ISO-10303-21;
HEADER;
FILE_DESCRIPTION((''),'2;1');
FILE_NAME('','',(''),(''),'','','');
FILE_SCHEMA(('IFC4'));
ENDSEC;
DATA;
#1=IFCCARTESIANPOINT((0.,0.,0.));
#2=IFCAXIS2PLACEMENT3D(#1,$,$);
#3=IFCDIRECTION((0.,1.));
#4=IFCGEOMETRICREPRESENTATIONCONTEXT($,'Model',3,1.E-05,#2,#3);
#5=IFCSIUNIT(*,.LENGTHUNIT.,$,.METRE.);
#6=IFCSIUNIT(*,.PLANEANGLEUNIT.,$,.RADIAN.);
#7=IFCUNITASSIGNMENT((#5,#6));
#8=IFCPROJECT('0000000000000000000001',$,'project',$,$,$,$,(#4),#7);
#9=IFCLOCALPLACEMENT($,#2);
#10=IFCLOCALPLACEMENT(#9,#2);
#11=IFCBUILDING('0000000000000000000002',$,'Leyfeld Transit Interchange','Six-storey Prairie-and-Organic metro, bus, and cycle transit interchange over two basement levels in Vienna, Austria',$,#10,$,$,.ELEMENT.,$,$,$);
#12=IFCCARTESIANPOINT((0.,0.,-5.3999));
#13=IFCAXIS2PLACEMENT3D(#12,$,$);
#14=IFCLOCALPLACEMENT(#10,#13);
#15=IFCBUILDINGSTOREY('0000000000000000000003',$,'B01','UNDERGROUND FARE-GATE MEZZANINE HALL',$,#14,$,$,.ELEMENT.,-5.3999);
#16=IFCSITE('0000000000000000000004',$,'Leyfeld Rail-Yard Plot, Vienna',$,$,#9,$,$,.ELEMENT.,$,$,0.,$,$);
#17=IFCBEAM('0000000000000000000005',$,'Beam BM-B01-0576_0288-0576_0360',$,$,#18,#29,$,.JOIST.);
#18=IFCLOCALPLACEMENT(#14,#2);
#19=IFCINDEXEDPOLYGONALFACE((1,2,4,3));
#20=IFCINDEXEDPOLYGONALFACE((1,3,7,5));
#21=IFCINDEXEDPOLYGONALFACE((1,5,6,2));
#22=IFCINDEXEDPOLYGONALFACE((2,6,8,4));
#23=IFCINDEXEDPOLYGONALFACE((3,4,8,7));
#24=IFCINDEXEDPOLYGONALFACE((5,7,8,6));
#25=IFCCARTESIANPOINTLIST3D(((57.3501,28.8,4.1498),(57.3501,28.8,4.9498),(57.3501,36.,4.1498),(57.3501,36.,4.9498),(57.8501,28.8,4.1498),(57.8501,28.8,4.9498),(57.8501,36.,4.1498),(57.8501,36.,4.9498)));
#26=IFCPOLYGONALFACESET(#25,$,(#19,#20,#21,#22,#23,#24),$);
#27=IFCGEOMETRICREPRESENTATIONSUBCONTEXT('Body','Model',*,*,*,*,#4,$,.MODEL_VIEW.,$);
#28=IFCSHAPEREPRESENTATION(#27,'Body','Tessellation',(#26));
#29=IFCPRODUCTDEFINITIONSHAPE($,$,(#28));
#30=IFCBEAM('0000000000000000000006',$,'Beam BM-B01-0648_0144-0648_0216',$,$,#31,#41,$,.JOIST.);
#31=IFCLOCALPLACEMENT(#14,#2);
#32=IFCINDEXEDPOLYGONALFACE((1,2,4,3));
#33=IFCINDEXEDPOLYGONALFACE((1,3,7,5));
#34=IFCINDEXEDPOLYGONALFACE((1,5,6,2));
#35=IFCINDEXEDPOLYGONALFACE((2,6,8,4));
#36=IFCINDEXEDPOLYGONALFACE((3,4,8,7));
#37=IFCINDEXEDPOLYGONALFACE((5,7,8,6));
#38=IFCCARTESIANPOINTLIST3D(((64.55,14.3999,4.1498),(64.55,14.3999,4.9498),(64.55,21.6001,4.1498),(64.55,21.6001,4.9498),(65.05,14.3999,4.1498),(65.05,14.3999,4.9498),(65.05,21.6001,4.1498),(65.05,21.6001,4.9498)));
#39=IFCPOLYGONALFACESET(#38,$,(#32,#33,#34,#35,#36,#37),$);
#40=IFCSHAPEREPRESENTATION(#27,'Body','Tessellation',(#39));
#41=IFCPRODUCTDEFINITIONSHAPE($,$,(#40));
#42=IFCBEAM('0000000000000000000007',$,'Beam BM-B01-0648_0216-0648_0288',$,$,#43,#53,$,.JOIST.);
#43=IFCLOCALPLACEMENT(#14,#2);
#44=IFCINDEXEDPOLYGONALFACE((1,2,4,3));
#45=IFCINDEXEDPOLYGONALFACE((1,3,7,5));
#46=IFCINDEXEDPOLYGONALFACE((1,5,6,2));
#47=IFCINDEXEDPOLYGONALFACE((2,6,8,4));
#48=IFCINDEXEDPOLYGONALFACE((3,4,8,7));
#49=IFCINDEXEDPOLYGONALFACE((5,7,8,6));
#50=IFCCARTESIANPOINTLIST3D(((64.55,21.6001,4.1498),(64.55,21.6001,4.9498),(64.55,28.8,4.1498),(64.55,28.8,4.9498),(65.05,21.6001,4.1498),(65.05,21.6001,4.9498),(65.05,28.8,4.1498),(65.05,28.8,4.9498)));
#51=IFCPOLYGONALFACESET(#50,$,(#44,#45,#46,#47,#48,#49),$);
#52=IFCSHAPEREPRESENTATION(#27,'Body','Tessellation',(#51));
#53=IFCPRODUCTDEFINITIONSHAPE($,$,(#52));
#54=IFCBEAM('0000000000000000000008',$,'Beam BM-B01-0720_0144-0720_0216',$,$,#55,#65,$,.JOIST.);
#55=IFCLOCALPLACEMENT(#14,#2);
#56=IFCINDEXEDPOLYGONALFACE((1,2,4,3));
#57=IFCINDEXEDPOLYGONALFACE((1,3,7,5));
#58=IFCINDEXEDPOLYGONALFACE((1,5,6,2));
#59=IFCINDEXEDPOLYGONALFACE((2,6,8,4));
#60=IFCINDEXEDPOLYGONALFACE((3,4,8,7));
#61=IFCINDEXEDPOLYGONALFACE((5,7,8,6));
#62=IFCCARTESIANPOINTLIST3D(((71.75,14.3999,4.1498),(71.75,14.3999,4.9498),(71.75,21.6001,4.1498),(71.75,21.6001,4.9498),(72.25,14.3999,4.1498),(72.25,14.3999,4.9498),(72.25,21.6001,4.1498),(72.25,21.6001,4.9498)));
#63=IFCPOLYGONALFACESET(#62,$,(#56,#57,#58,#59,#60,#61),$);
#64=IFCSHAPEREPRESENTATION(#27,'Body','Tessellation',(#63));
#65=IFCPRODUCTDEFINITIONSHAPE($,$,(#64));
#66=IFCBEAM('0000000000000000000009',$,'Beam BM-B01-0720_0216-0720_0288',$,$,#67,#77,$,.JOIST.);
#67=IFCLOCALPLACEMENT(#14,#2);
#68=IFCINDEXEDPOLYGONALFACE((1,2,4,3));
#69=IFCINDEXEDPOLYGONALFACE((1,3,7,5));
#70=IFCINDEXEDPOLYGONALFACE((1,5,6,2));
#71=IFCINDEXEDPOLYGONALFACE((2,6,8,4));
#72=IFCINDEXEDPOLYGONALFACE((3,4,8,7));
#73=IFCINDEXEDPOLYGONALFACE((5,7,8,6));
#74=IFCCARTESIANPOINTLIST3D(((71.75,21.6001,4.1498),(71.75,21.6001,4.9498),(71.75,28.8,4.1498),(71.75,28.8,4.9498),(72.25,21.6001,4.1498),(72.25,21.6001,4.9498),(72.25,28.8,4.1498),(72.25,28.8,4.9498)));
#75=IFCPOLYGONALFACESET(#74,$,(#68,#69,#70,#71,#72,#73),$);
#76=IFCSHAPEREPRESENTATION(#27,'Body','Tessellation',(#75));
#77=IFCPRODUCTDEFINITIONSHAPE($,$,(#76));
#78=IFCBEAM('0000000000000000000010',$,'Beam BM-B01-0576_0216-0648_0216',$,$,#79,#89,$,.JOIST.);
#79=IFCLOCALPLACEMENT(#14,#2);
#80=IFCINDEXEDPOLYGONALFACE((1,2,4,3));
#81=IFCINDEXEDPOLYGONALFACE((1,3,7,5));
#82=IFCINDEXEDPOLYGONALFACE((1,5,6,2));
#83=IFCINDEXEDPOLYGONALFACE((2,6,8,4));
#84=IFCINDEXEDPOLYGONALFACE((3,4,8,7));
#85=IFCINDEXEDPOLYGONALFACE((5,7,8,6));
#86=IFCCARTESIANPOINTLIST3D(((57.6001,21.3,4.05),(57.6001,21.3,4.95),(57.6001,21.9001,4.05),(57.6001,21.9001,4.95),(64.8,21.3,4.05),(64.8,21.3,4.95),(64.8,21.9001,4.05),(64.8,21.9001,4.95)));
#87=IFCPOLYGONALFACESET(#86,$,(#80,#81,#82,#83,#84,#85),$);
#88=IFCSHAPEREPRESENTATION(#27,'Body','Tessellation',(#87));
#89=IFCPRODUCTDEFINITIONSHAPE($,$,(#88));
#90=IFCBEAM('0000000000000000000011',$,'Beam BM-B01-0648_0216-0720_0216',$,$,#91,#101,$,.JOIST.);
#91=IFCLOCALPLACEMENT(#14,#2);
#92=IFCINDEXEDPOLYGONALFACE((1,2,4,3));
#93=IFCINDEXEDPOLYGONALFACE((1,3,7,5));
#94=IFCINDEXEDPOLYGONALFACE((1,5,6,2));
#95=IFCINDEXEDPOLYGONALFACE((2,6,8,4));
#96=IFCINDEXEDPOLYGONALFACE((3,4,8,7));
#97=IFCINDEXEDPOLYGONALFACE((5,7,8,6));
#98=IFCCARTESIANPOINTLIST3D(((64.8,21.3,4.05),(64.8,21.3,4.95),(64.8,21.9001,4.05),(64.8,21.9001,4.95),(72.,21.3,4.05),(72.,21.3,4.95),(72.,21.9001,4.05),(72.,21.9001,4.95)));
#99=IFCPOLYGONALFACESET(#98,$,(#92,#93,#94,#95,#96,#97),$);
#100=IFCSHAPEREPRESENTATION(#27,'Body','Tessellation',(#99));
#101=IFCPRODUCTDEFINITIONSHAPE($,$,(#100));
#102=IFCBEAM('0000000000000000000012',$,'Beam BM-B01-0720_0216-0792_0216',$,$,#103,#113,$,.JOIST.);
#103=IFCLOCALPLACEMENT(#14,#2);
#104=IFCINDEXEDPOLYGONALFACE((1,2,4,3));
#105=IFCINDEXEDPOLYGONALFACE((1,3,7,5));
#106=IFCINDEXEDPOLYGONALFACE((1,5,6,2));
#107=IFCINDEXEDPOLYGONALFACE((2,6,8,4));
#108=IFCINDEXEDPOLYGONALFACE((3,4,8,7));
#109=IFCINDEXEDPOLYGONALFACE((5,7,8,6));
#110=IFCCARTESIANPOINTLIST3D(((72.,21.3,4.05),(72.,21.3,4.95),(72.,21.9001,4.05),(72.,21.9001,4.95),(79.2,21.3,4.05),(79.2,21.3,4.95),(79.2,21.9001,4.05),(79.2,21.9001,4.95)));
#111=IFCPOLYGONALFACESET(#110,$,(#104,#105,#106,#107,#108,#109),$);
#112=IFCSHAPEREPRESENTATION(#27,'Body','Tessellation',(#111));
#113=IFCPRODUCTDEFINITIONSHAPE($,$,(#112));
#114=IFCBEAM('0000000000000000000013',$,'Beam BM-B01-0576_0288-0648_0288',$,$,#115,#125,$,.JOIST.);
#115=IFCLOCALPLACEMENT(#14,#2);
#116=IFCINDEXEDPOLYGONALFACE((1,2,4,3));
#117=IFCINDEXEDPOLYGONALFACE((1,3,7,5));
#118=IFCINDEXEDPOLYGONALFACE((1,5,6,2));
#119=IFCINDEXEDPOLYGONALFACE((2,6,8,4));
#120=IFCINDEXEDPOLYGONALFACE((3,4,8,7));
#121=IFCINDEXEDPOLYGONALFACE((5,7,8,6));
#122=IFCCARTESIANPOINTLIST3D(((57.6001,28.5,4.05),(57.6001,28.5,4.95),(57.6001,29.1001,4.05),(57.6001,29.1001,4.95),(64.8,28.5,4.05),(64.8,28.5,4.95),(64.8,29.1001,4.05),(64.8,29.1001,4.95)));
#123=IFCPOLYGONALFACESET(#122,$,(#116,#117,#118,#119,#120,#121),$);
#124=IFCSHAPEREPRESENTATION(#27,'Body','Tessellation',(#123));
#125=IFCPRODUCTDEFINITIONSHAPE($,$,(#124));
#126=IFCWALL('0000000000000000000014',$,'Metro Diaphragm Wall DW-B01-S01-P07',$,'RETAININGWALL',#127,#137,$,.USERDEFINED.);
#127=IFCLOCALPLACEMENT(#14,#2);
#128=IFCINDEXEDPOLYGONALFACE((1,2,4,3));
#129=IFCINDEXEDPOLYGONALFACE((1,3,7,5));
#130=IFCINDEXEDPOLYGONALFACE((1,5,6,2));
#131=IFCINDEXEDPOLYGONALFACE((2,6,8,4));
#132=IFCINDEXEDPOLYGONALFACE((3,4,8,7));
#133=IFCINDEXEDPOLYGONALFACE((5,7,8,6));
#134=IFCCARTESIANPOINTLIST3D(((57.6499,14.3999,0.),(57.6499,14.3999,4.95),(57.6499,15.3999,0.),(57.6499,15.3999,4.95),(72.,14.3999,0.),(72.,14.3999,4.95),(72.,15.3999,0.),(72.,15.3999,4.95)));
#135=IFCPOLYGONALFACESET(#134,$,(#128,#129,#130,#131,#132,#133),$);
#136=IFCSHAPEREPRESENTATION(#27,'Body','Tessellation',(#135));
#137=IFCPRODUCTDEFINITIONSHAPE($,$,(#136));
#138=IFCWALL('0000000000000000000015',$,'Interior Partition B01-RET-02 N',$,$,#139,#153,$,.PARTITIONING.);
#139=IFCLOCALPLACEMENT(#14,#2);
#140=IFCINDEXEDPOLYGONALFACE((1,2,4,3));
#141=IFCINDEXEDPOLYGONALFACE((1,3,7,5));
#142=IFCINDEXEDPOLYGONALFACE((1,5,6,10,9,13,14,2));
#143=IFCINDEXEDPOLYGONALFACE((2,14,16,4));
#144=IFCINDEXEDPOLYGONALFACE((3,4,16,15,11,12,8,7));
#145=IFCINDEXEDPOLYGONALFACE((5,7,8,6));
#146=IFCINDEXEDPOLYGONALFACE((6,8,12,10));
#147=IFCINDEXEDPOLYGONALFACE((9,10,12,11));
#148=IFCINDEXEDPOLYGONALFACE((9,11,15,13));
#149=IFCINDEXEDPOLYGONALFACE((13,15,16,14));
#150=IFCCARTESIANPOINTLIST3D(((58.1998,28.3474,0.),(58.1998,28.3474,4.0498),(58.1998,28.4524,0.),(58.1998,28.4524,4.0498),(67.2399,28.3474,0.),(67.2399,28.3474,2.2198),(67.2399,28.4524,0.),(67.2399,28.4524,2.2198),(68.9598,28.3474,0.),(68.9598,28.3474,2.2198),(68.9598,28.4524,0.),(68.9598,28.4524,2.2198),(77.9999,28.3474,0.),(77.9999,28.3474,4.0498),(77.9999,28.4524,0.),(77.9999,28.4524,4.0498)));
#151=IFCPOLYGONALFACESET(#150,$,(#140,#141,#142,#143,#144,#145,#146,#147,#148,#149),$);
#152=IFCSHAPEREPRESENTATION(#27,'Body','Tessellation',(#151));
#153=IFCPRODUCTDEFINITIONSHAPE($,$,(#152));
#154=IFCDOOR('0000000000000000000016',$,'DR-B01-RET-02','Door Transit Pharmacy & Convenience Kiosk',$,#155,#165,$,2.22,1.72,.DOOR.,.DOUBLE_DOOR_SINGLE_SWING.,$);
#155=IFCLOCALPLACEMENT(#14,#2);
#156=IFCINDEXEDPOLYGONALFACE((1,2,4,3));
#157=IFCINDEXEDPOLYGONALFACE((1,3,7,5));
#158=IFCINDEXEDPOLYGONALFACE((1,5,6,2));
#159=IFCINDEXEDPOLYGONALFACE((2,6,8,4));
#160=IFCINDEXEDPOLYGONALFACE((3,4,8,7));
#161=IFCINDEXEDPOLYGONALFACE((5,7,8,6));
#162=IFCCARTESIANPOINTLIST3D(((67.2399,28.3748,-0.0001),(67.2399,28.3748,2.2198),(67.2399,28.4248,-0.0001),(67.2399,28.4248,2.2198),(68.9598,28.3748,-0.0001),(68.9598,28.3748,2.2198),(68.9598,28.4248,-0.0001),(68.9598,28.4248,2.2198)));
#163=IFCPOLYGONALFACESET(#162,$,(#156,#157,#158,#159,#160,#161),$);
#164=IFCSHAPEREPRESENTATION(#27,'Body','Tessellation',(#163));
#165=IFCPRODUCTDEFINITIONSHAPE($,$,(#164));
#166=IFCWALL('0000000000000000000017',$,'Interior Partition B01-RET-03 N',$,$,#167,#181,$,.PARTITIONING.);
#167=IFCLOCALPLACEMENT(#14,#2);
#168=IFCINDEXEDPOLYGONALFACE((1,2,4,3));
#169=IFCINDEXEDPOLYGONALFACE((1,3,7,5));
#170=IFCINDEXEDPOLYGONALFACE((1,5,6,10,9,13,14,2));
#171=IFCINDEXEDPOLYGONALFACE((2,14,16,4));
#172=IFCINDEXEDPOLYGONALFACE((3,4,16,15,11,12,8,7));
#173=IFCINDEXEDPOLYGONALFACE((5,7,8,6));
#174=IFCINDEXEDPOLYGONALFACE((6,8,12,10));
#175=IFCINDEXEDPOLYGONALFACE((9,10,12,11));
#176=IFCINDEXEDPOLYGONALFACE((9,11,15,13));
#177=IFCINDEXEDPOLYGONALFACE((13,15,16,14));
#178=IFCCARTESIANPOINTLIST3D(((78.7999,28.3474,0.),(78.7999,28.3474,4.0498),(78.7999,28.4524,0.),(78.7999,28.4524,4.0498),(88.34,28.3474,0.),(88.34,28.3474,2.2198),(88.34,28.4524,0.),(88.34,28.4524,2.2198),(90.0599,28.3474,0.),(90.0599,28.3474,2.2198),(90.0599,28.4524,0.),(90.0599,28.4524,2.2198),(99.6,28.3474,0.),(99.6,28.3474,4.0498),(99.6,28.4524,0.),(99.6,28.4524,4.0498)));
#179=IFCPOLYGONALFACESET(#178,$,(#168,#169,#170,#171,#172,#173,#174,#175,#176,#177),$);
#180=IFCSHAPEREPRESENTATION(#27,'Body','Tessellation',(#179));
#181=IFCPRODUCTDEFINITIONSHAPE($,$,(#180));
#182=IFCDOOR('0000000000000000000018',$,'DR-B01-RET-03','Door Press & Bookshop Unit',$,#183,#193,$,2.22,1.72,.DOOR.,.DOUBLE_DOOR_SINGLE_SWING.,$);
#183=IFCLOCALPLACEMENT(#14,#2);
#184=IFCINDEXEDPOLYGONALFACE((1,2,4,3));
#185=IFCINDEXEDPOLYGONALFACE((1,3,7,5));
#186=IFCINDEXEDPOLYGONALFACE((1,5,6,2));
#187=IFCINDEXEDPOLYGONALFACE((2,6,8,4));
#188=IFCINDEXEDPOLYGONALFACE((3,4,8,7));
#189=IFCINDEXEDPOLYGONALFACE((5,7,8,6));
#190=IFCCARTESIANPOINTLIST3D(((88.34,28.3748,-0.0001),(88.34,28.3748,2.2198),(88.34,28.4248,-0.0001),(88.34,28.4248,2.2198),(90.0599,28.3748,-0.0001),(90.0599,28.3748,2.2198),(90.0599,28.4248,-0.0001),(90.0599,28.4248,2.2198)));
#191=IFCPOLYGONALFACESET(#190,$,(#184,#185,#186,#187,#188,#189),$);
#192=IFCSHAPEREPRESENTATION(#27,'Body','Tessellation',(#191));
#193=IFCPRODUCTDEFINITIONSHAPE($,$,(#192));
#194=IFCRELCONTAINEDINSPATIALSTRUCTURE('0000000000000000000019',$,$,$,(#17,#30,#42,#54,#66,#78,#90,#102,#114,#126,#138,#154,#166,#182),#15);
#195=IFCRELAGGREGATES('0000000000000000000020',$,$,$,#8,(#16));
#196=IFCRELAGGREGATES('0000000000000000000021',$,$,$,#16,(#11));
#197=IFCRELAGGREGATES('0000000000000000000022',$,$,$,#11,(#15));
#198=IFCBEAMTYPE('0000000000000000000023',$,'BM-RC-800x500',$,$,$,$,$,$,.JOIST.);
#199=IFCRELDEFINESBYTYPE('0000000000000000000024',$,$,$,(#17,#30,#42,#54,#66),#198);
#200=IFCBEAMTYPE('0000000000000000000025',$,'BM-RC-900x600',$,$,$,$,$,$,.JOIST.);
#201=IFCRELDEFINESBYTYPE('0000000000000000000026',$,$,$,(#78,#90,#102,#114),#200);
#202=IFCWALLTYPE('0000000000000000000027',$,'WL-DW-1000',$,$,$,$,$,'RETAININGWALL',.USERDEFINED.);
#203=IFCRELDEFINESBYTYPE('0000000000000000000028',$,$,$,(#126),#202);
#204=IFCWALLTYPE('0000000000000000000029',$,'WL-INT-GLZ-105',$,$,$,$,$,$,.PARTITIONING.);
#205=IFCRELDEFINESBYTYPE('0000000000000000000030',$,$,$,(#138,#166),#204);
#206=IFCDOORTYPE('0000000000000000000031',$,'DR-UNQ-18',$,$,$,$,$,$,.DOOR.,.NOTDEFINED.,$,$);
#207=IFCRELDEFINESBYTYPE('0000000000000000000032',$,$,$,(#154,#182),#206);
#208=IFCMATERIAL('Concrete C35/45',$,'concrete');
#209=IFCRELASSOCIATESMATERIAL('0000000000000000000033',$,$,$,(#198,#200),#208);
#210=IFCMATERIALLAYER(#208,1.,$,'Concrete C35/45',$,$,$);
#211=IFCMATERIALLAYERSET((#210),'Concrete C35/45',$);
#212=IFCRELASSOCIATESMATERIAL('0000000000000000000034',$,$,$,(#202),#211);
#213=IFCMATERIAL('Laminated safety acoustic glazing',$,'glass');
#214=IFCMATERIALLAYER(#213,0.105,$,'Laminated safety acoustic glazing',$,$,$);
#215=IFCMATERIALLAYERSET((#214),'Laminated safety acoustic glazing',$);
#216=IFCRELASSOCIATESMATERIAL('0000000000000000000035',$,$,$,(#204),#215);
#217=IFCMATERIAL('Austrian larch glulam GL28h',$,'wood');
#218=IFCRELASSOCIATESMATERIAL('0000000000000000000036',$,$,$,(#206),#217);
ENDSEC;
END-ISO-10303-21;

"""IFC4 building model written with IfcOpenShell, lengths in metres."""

from ifc_helpers import new_model, si_unit, direction, frame, frame_2d, origin, origin_2d, place, context, subcontext, project, spatial, rectangle, extrude, material, layer, layer_set, material_profile, profile_set, type_object, element, fill, save


model = new_model("IFC4")

# Units and contexts
model_context = context("Model", 3, precision=1e-05, world=origin(), true_north=direction((0.0, 1.0)))
body_context = subcontext(model_context, "Body", "Model", "MODEL_VIEW")
ifc_project = project(units=[si_unit("LENGTHUNIT", "METRE"), si_unit("PLANEANGLEUNIT", "RADIAN")], contexts=[model_context])

# Site, building, storey
site_placement = place(None, origin())
site = spatial("IfcSite", under=ifc_project, at=site_placement, Name="Leyfeld Rail-Yard Plot, Vienna", CompositionType="ELEMENT", RefElevation=0.0)
building_placement = place(site_placement, origin())
building = spatial("IfcBuilding", under=site, at=building_placement, Name="Leyfeld Transit Interchange", Description="Six-storey Prairie-and-Organic metro, bus, and cycle transit interchange over two basement levels in Vienna, Austria", CompositionType="ELEMENT")
storey_placement = place(building_placement, frame((0.0, 0.0, -5.3999)))
storey = spatial("IfcBuildingStorey", under=building, at=storey_placement, Name="B01", Description="UNDERGROUND FARE-GATE MEZZANINE HALL", CompositionType="ELEMENT", Elevation=-5.3999)

# Shared definitions
ifc_material_1 = material(Name="Concrete C35/45", Category="concrete")

# Beams
ifc_material_profile_1 = material_profile(ifc_material_1, rectangle(XDim=0.5, YDim=0.8, at=origin_2d()), Name="RC 800x500")
ifc_profile_set_1 = profile_set([ifc_material_profile_1], Name="Concrete C35/45")
beam_type_1 = type_object("IfcBeamType", Name="BM-RC-800x500", PredefinedType="JOIST", material=ifc_profile_set_1)
beam_1_placement = place(storey_placement, frame((57.6001, 28.8, 4.5498), z_axis=(0.0, 1.0, 0.0), x_axis=(-1.0, 0.0, 0.0)))
element("IfcBeam", 1, at=beam_1_placement, inside=storey, type_object=beam_type_1, Name="Beam BM-B01-0576_0288-0576_0360", PredefinedType="JOIST", context=body_context, shape_type="SweptSolid", body=[
    extrude(rectangle(XDim=0.5, YDim=0.8, at=origin_2d()), origin(), (0.0, 0.0, 1.0), 7.2),
])
beam_2_placement = place(storey_placement, frame((64.8, 14.3999, 4.5498), z_axis=(0.0, 1.0, 0.0), x_axis=(-1.0, 0.0, 0.0)))
element("IfcBeam", 2, at=beam_2_placement, inside=storey, type_object=beam_type_1, Name="Beam BM-B01-0648_0144-0648_0216", PredefinedType="JOIST", context=body_context, shape_type="SweptSolid", body=[
    extrude(rectangle(XDim=0.5, YDim=0.8, at=origin_2d()), origin(), (0.0, 0.0, 1.0), 7.2002),
])
beam_3_placement = place(storey_placement, frame((64.8, 21.6001, 4.5498), z_axis=(0.0, 1.0, 0.0), x_axis=(-1.0, 0.0, 0.0)))
element("IfcBeam", 3, at=beam_3_placement, inside=storey, type_object=beam_type_1, Name="Beam BM-B01-0648_0216-0648_0288", PredefinedType="JOIST", context=body_context, shape_type="SweptSolid", body=[
    extrude(rectangle(XDim=0.5, YDim=0.8, at=origin_2d()), origin(), (0.0, 0.0, 1.0), 7.2),
])
beam_4_placement = place(storey_placement, frame((72.0, 14.3999, 4.5498), z_axis=(0.0, 1.0, 0.0), x_axis=(-1.0, 0.0, 0.0)))
element("IfcBeam", 4, at=beam_4_placement, inside=storey, type_object=beam_type_1, Name="Beam BM-B01-0720_0144-0720_0216", PredefinedType="JOIST", context=body_context, shape_type="SweptSolid", body=[
    extrude(rectangle(XDim=0.5, YDim=0.8, at=origin_2d()), origin(), (0.0, 0.0, 1.0), 7.2002),
])
beam_5_placement = place(storey_placement, frame((72.0, 21.6001, 4.5498), z_axis=(0.0, 1.0, 0.0), x_axis=(-1.0, 0.0, 0.0)))
element("IfcBeam", 5, at=beam_5_placement, inside=storey, type_object=beam_type_1, Name="Beam BM-B01-0720_0216-0720_0288", PredefinedType="JOIST", context=body_context, shape_type="SweptSolid", body=[
    extrude(rectangle(XDim=0.5, YDim=0.8, at=origin_2d()), origin(), (0.0, 0.0, 1.0), 7.2),
])
ifc_material_profile_2 = material_profile(ifc_material_1, rectangle(XDim=0.6001, YDim=0.8999, at=origin_2d()), Name="RC 900x600")
ifc_profile_set_2 = profile_set([ifc_material_profile_2], Name="Concrete C35/45")
beam_type_2 = type_object("IfcBeamType", Name="BM-RC-900x600", PredefinedType="JOIST", material=ifc_profile_set_2)
for number, where, z_axis, x_axis, name in (
    (6, (57.6001, 21.6001, 4.5), (1.0, 0.0, 0.0), (0.0, 1.0, 0.0), "Beam BM-B01-0576_0216-0648_0216"),
    (7, (64.8, 21.6001, 4.5), (1.0, 0.0, 0.0), (0.0, 1.0, 0.0), "Beam BM-B01-0648_0216-0720_0216"),
    (8, (72.0, 21.6001, 4.5), (1.0, 0.0, 0.0), (0.0, 1.0, 0.0), "Beam BM-B01-0720_0216-0792_0216"),
    (9, (57.6001, 28.8, 4.5), (1.0, 0.0, 0.0), (0.0, 1.0, 0.0), "Beam BM-B01-0576_0288-0648_0288"),
):
    element("IfcBeam", number, at=place(storey_placement, frame(where, z_axis=z_axis, x_axis=x_axis)), inside=storey, type_object=beam_type_2, Name=name, PredefinedType="JOIST", context=body_context, shape_type="SweptSolid", body=[
        extrude(rectangle(XDim=0.6001, YDim=0.8999, at=origin_2d()), origin(), (0.0, 0.0, 1.0), 7.2),
    ])

# Wall
ifc_layer_1 = layer(ifc_material_1, 1.0, Name="Concrete C35/45")
ifc_layer_set_1 = layer_set([ifc_layer_1], Name="Concrete C35/45")
wall_type_1 = type_object("IfcWallType", Name="WL-DW-1000", ElementType="RETAININGWALL", PredefinedType="USERDEFINED", material=ifc_layer_set_1)
wall_1_placement = place(storey_placement, frame((72.0, 14.8999, 0.0), z_axis=(0.0, 0.0, 1.0), x_axis=(-1.0, 0.0, 0.0)))
element("IfcWall", 10, at=wall_1_placement, inside=storey, type_object=wall_type_1, Name="Metro Diaphragm Wall DW-B01-S01-P07", ObjectType="RETAININGWALL", PredefinedType="USERDEFINED", context=body_context, shape_type="SweptSolid", body=[
    extrude(rectangle(XDim=14.3501, YDim=1.0, at=frame_2d((7.175, 0.0))), origin(), (0.0, 0.0, 1.0), 4.95),
])

# Walls, openings, doors
ifc_material_2 = material(Name="Laminated safety acoustic glazing", Category="glass")
ifc_layer_2 = layer(ifc_material_2, 0.105, Name="Laminated safety acoustic glazing")
ifc_layer_set_2 = layer_set([ifc_layer_2], Name="Laminated safety acoustic glazing")
wall_type_2 = type_object("IfcWallType", Name="WL-INT-GLZ-105", PredefinedType="PARTITIONING", material=ifc_layer_set_2)
wall_2_placement = place(storey_placement, frame((58.2, 28.3999, 0.0), z_axis=(0.0, 0.0, 1.0), x_axis=(1.0, 0.0, 0.0)))
wall_2 = element("IfcWall", 11, at=wall_2_placement, inside=storey, type_object=wall_type_2, Name="Interior Partition B01-RET-02 N", PredefinedType="PARTITIONING", context=body_context, shape_type="SweptSolid", body=[
    extrude(rectangle(XDim=19.8, YDim=0.105, at=frame_2d((9.8999, 0.0))), origin(), (0.0, 0.0, 1.0), 4.0498),
])
opening_1_placement = place(wall_2_placement, frame((9.04, 0.0, 0.0)))
opening_1 = element("IfcOpeningElement", 12, at=opening_1_placement, cuts=wall_2, PredefinedType="OPENING", context=body_context, shape_type="SweptSolid", body=[
    extrude(rectangle(XDim=1.72, YDim=2.22, at=frame_2d((0.8599, 1.1099))), frame((0.0, 0.0625, 0.0), z_axis=(0.0, -1.0, 0.0), x_axis=(1.0, 0.0, 0.0)), (0.0, 0.0, 1.0), 0.125),
])
ifc_material_3 = material(Name="Austrian larch glulam GL28h", Category="wood")
door_type = type_object("IfcDoorType", Name="DR-UNQ-18", OperationType="NOTDEFINED", PredefinedType="DOOR", material=ifc_material_3)
door_1_placement = place(opening_1_placement, origin())
door_1 = element("IfcDoor", 13, at=door_1_placement, inside=storey, type_object=door_type, Name="DR-B01-RET-02", Description="Door Transit Pharmacy & Convenience Kiosk", OperationType="DOUBLE_DOOR_SINGLE_SWING", OverallHeight=2.22, OverallWidth=1.72, PredefinedType="DOOR", context=body_context, shape_type="SweptSolid", body=[
    extrude(rectangle(XDim=1.72, YDim=2.22, at=frame_2d((0.8599, 1.1099))), frame((0.0, 0.0249, 0.0), z_axis=(0.0, -1.0, 0.0), x_axis=(1.0, 0.0, 0.0)), (0.0, 0.0, 1.0), 0.05),
])
fill(opening_1, door_1)
wall_3_placement = place(storey_placement, frame((78.8, 28.3999, 0.0), z_axis=(0.0, 0.0, 1.0), x_axis=(1.0, 0.0, 0.0)))
wall_3 = element("IfcWall", 14, at=wall_3_placement, inside=storey, type_object=wall_type_2, Name="Interior Partition B01-RET-03 N", PredefinedType="PARTITIONING", context=body_context, shape_type="SweptSolid", body=[
    extrude(rectangle(XDim=20.8, YDim=0.105, at=frame_2d((10.3999, 0.0))), origin(), (0.0, 0.0, 1.0), 4.0498),
])
opening_2_placement = place(wall_3_placement, frame((9.54, 0.0, 0.0)))
opening_2 = element("IfcOpeningElement", 15, at=opening_2_placement, cuts=wall_3, PredefinedType="OPENING", context=body_context, shape_type="SweptSolid", body=[
    extrude(rectangle(XDim=1.72, YDim=2.22, at=frame_2d((0.8599, 1.1099))), frame((0.0, 0.0625, 0.0), z_axis=(0.0, -1.0, 0.0), x_axis=(1.0, 0.0, 0.0)), (0.0, 0.0, 1.0), 0.125),
])
door_2_placement = place(opening_2_placement, origin())
door_2 = element("IfcDoor", 16, at=door_2_placement, inside=storey, type_object=door_type, Name="DR-B01-RET-03", Description="Door Press & Bookshop Unit", OperationType="DOUBLE_DOOR_SINGLE_SWING", OverallHeight=2.22, OverallWidth=1.72, PredefinedType="DOOR", context=body_context, shape_type="SweptSolid", body=[
    extrude(rectangle(XDim=1.72, YDim=2.22, at=frame_2d((0.8599, 1.1099))), frame((0.0, 0.0249, 0.0), z_axis=(0.0, -1.0, 0.0), x_axis=(1.0, 0.0, 0.0)), (0.0, 0.0, 1.0), 0.05),
])
fill(opening_2, door_2)

save(model, "model.ifc")
